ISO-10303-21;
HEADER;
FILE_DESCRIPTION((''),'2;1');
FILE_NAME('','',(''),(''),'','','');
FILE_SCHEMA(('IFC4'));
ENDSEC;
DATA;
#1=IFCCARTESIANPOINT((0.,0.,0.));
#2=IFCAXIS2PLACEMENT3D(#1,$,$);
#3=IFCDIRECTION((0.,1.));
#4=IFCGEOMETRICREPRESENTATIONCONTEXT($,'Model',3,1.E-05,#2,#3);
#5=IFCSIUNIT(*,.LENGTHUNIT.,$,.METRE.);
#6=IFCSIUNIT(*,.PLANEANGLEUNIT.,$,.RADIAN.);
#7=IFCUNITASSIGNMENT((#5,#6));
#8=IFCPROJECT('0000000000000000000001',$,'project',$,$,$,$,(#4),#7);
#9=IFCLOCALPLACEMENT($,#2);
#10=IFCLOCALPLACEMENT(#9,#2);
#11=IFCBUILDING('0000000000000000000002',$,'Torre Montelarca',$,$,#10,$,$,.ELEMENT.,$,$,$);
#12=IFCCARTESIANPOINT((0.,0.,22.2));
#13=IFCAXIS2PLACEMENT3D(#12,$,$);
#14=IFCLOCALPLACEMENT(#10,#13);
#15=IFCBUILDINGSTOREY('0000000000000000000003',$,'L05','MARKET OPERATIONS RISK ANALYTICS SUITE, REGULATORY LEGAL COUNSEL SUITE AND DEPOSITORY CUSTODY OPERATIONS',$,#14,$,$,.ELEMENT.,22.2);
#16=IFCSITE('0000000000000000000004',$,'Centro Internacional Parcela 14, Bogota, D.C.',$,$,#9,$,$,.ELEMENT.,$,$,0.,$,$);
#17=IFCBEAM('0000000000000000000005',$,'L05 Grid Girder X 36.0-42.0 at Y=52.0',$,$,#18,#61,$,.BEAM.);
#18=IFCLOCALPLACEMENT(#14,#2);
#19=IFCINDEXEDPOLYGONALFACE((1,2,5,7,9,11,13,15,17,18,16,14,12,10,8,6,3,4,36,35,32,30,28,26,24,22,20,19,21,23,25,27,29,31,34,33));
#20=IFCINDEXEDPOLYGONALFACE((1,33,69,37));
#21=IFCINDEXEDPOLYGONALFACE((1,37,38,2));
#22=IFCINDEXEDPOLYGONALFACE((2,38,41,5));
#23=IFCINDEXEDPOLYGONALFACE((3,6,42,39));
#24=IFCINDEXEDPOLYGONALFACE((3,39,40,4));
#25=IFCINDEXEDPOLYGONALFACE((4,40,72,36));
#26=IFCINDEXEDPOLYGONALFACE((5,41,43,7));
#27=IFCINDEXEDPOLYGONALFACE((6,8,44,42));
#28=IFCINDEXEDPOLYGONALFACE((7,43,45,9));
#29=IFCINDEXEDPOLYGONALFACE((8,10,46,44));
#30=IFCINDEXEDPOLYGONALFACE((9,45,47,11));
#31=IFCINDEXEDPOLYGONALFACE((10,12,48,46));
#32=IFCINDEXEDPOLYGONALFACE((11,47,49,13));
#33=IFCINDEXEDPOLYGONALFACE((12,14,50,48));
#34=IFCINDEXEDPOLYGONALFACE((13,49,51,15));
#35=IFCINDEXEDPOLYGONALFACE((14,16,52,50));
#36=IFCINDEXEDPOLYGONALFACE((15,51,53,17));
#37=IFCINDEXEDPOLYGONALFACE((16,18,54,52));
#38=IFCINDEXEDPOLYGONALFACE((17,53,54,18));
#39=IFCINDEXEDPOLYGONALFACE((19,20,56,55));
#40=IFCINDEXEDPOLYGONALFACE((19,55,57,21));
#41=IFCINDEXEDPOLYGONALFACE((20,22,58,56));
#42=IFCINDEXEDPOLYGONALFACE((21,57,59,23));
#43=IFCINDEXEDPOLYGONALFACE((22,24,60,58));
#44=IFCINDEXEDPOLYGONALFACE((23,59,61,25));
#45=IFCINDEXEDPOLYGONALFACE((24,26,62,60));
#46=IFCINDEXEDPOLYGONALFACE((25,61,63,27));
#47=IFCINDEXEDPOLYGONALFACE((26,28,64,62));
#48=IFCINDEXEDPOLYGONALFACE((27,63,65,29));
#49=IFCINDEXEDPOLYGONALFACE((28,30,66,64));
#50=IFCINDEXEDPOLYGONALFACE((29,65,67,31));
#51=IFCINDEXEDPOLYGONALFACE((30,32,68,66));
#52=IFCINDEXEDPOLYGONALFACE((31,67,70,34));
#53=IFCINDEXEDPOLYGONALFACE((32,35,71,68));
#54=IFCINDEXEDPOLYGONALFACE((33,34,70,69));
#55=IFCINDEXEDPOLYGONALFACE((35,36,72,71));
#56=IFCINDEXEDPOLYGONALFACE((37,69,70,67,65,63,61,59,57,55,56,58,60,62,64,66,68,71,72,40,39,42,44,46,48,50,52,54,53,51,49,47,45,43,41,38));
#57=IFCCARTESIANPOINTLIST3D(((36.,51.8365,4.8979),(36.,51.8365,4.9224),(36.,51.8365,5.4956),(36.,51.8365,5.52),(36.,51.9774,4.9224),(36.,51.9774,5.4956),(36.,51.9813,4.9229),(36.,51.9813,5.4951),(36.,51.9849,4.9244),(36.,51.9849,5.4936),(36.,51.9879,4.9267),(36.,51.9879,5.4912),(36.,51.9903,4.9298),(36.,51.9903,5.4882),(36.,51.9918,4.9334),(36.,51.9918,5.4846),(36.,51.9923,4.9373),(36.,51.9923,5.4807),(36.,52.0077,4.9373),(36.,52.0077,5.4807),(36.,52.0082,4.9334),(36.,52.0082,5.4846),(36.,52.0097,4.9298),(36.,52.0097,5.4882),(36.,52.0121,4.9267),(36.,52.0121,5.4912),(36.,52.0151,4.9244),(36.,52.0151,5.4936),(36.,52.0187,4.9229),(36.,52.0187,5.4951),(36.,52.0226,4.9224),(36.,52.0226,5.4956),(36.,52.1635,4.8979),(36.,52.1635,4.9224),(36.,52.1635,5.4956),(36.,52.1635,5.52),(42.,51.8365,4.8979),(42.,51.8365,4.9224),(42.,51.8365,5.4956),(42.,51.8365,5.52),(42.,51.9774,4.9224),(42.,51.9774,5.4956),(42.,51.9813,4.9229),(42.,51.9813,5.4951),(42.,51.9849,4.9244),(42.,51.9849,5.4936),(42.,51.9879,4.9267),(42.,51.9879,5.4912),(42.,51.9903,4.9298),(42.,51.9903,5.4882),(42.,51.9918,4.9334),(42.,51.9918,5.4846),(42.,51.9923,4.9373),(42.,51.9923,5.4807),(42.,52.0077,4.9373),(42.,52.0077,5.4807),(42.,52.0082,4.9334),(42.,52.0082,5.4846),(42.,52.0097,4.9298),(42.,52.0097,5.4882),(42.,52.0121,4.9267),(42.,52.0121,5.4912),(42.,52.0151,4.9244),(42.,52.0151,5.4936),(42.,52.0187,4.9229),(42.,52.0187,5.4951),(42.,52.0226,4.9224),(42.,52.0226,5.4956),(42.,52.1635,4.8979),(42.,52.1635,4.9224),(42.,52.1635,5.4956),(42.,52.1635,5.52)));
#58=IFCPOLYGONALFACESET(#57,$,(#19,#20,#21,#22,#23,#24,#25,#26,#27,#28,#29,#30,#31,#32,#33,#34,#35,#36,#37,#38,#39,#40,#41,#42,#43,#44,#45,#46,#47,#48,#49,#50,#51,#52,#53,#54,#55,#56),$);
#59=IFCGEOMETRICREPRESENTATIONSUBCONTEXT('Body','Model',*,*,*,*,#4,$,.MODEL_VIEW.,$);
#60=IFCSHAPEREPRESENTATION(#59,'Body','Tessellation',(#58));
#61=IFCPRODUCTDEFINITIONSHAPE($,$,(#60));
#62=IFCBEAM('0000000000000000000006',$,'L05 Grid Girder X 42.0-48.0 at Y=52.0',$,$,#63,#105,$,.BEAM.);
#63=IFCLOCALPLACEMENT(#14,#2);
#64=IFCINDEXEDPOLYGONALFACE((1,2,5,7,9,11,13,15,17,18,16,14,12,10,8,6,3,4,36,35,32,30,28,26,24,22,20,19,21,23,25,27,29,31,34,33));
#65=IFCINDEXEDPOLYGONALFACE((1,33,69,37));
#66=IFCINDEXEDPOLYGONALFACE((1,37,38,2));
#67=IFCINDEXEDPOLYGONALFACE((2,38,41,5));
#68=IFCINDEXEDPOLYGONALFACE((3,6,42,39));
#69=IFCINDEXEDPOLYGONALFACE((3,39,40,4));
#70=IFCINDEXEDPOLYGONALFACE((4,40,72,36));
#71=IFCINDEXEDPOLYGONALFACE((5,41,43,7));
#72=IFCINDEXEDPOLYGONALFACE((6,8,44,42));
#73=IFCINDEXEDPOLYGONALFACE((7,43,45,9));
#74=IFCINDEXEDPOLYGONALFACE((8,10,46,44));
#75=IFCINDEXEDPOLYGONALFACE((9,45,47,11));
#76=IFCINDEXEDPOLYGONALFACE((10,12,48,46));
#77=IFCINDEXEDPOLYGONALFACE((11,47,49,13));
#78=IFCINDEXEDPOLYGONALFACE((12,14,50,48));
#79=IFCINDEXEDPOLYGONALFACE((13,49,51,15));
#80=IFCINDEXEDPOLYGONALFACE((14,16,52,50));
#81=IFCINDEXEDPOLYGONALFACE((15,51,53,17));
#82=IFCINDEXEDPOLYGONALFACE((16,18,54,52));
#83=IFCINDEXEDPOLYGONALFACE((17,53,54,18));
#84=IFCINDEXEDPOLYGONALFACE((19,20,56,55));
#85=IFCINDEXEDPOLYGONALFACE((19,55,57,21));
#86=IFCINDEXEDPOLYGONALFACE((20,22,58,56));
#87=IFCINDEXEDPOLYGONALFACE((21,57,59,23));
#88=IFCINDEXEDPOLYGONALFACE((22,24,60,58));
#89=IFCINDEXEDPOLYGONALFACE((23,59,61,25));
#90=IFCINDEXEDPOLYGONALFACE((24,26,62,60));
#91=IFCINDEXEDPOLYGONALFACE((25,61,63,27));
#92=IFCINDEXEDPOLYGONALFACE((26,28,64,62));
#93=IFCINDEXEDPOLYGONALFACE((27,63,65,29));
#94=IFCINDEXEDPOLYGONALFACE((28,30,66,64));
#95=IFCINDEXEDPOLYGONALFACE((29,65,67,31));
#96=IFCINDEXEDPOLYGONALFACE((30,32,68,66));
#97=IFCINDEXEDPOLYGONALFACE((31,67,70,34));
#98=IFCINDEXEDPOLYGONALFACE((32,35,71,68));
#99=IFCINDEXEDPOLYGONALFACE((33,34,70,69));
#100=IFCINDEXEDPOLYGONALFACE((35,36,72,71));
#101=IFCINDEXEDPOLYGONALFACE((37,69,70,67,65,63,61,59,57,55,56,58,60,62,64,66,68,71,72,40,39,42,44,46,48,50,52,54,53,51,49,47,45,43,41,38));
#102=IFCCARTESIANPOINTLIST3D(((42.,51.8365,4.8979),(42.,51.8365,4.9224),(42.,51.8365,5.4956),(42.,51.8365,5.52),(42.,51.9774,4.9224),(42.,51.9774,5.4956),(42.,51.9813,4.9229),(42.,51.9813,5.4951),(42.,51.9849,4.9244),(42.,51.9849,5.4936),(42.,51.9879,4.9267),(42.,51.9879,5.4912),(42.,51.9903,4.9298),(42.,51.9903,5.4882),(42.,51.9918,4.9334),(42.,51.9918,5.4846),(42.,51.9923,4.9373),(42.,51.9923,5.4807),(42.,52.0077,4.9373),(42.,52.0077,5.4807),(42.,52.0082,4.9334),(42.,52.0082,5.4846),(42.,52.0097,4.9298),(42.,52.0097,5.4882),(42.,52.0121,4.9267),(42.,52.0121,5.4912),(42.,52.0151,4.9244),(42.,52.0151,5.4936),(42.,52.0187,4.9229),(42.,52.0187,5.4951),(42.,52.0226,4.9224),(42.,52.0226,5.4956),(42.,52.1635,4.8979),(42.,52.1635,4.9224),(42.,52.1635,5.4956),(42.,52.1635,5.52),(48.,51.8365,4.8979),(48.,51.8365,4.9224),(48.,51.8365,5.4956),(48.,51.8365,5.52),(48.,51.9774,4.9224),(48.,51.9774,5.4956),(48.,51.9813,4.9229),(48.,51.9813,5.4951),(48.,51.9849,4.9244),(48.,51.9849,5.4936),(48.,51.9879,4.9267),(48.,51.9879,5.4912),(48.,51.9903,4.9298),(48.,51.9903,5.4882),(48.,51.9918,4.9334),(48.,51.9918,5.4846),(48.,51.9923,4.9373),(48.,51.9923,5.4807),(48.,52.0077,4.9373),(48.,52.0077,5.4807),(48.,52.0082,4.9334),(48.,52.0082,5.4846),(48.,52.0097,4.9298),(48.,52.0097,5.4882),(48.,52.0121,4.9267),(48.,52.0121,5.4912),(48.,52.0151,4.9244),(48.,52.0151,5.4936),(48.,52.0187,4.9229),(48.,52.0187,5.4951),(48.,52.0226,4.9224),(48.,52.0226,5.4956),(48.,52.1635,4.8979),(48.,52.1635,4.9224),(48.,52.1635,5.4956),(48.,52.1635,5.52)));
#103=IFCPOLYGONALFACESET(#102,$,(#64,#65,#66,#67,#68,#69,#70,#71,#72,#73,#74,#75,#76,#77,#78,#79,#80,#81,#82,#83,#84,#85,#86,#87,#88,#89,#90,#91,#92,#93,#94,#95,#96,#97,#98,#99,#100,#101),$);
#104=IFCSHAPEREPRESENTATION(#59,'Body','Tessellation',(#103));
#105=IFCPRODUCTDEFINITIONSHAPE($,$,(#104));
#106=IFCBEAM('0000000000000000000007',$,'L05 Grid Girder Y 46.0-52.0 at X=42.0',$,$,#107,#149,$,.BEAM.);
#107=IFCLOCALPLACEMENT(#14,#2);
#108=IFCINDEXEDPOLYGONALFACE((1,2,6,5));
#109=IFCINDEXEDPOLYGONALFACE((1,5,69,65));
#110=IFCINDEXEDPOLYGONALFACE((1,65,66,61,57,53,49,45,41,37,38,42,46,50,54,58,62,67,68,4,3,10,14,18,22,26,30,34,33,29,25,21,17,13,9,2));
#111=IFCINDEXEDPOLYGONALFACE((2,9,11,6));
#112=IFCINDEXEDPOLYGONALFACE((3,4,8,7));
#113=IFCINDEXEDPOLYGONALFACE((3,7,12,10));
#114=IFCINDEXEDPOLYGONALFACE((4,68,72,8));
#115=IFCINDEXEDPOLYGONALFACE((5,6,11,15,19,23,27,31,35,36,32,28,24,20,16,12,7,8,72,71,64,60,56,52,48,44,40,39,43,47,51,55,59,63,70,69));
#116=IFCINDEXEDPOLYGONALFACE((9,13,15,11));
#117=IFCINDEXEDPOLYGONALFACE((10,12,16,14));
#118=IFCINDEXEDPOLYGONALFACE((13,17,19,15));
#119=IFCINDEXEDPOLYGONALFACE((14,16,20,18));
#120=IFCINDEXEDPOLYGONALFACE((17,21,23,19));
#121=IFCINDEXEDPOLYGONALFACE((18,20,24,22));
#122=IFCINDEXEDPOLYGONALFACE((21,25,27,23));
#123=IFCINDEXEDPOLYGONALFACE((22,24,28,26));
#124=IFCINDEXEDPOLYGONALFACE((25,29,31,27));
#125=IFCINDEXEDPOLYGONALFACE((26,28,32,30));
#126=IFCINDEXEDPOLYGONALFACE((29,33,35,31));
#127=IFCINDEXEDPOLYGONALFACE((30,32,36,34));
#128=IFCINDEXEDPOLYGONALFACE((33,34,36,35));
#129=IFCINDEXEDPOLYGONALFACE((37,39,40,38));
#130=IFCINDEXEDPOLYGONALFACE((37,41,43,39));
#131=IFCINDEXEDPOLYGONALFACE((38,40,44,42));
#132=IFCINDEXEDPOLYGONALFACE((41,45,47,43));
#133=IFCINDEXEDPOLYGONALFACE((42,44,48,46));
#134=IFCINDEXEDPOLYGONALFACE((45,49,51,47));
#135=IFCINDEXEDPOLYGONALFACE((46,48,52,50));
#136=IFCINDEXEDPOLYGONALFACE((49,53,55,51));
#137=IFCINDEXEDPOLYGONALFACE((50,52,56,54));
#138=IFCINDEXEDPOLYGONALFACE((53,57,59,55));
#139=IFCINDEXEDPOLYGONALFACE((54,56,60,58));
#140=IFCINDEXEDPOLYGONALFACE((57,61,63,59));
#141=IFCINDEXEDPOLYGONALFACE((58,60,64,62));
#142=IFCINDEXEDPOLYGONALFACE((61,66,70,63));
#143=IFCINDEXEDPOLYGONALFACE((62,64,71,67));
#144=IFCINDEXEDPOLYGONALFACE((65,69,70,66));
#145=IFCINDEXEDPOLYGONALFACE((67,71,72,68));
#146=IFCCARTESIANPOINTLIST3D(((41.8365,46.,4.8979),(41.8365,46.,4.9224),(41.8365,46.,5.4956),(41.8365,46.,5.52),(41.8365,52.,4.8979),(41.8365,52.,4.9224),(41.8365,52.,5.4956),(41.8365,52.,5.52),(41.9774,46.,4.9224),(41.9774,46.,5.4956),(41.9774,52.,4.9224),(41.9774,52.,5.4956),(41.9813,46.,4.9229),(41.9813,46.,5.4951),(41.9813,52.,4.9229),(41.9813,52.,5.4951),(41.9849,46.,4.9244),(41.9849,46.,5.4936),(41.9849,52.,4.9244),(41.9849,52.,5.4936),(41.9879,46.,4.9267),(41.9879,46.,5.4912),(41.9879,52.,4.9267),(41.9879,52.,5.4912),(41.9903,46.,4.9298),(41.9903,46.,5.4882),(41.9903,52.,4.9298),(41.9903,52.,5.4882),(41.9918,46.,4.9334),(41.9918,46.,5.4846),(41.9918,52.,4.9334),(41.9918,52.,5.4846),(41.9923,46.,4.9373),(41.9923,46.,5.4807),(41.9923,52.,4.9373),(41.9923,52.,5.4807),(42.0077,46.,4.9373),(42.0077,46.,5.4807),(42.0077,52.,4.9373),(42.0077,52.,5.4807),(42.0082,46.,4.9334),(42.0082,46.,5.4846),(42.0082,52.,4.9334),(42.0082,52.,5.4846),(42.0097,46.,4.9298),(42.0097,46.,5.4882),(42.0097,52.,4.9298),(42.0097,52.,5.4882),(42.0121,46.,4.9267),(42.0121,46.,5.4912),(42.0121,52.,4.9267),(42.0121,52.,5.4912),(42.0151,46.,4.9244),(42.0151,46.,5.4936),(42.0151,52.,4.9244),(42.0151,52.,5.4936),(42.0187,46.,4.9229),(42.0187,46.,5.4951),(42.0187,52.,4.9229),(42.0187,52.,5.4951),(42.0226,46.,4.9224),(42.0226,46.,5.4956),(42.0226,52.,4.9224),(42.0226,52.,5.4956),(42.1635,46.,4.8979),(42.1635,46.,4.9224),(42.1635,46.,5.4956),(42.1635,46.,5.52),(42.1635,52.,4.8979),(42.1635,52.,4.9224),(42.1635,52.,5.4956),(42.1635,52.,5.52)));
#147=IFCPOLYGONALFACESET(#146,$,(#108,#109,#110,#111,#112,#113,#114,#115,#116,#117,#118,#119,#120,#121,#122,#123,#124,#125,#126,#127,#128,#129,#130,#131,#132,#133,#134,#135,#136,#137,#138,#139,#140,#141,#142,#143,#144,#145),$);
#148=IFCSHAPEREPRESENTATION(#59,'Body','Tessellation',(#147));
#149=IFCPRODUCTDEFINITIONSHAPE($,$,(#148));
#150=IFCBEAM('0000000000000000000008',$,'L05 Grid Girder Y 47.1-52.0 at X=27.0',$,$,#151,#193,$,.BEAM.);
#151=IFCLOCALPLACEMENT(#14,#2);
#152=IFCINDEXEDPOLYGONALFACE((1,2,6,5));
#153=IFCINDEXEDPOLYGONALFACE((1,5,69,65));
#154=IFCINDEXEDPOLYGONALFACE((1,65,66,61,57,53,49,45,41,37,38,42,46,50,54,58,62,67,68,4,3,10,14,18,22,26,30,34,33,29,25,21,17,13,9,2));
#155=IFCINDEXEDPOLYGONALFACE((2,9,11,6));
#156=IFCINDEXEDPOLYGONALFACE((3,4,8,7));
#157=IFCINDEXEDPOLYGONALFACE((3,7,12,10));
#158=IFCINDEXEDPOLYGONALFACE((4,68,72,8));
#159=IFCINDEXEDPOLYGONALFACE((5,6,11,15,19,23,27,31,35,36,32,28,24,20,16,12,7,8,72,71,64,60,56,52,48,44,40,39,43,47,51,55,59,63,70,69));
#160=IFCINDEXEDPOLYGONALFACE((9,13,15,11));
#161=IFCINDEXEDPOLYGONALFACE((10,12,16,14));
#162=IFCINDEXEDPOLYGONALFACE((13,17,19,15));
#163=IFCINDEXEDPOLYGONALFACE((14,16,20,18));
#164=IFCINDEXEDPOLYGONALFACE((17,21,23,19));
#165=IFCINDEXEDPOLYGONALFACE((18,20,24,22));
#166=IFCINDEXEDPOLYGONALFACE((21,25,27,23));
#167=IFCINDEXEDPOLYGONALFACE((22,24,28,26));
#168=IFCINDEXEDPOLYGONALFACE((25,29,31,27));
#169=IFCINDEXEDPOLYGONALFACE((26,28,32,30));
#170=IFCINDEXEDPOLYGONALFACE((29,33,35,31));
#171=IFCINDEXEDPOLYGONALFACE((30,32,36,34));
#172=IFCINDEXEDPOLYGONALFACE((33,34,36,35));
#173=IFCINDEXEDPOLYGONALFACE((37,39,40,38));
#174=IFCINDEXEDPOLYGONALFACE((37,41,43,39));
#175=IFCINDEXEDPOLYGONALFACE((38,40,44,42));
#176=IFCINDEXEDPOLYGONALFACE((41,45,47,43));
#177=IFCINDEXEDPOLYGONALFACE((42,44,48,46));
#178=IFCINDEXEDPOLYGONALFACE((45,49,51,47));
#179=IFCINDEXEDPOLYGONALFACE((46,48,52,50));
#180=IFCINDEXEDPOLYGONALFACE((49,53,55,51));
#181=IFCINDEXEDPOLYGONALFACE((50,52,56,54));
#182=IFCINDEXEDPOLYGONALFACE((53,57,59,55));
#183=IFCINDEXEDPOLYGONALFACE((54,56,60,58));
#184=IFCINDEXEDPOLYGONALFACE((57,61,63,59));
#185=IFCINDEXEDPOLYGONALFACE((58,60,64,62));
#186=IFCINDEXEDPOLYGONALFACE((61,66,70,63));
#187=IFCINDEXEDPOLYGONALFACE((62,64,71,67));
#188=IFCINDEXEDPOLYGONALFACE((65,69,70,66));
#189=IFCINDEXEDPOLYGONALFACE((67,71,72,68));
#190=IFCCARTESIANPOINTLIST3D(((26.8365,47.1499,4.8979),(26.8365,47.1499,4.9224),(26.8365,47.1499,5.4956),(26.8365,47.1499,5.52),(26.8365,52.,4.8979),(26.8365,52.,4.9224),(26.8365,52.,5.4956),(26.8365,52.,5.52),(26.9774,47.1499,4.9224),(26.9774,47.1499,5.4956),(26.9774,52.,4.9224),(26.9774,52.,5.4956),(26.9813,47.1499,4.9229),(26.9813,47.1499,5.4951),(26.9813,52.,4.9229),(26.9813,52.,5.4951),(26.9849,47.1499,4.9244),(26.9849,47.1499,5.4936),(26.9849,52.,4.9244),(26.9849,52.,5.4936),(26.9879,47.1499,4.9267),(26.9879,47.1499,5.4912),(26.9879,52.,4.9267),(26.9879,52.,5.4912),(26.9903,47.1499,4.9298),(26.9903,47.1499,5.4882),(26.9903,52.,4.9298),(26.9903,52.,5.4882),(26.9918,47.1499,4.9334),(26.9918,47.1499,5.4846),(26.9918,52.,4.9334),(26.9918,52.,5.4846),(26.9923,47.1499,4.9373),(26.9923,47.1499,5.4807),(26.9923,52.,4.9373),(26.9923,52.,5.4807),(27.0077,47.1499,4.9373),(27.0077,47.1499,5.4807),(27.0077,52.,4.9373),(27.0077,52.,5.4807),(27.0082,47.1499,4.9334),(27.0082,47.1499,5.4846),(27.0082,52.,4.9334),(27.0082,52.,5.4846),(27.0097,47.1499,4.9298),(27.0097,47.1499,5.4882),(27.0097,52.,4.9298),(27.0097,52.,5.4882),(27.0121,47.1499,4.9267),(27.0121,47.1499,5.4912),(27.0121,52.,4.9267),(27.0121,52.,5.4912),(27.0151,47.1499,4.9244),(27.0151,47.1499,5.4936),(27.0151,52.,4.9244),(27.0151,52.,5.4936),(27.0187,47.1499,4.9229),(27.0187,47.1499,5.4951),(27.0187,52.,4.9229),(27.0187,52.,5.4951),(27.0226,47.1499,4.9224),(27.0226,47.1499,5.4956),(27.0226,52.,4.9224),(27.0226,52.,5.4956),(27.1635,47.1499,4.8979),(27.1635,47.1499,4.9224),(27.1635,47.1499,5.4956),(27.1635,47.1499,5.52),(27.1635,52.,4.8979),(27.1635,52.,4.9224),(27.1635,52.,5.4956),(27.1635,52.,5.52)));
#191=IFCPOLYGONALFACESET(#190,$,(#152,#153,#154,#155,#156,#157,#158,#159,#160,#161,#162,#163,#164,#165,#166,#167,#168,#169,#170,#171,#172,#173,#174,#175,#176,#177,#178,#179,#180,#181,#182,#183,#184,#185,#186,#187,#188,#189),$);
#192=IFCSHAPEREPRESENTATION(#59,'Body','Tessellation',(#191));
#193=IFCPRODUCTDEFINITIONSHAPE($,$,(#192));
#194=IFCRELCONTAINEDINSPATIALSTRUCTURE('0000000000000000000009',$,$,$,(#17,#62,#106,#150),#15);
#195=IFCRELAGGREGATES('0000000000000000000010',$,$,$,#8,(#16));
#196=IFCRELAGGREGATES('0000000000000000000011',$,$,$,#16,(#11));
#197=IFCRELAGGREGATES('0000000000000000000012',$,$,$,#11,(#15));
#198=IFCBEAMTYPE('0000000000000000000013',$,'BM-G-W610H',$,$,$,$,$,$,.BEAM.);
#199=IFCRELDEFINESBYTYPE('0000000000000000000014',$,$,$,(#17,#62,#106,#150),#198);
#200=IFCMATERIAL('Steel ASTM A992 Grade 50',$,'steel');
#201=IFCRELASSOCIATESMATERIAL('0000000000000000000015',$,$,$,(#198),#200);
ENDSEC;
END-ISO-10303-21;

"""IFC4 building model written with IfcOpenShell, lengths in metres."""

from ifc_helpers import new_model, si_unit, direction, frame, origin, origin_2d, place, context, subcontext, project, spatial, i_section, extrude, source, transform, mapped, material, material_profile, profile_set, type_object, element, save


model = new_model("IFC4")

# Units and contexts
model_context = context("Model", 3, precision=1e-05, world=origin(), true_north=direction((0.0, 1.0)))
body_context = subcontext(model_context, "Body", "Model", "MODEL_VIEW")
ifc_project = project(units=[si_unit("LENGTHUNIT", "METRE"), si_unit("PLANEANGLEUNIT", "RADIAN")], contexts=[model_context])

# Site, building, storey
site_placement = place(None, origin())
site = spatial("IfcSite", under=ifc_project, at=site_placement, Name="Centro Internacional Parcela 14, Bogota, D.C.", CompositionType="ELEMENT", RefElevation=0.0)
building_placement = place(site_placement, origin())
building = spatial("IfcBuilding", under=site, at=building_placement, Name="Torre Montelarca", CompositionType="ELEMENT")
storey_placement = place(building_placement, frame((0.0, 0.0, 22.2)))
storey = spatial("IfcBuildingStorey", under=building, at=storey_placement, Name="L05", Description="MARKET OPERATIONS RISK ANALYTICS SUITE, REGULATORY LEGAL COUNSEL SUITE AND DEPOSITORY CUSTODY OPERATIONS", CompositionType="ELEMENT", Elevation=22.2)

# Beams
ifc_material_1 = material(Name="Steel ASTM A992 Grade 50", Category="steel")
ifc_material_profile_1 = material_profile(ifc_material_1, i_section(OverallWidth=0.3269, OverallDepth=0.6221, WebThickness=0.0154, FlangeThickness=0.0244, FilletRadius=0.0149, at=origin_2d()), Name="W610X195", Category="steel")
ifc_profile_set_1 = profile_set([ifc_material_profile_1], Name="Steel ASTM A992 Grade 50")
beam_type_1 = type_object("IfcBeamType", Name="BM-G-W610H", PredefinedType="BEAM", material=ifc_profile_set_1)
shared_shape_1 = source(origin(), body_context, "Body", "SweptSolid", [
    extrude(i_section(OverallWidth=0.3269, OverallDepth=0.6221, WebThickness=0.0154, FlangeThickness=0.0244, FilletRadius=0.0149, at=origin_2d()), origin(), (0.0, 0.0, 1.0), 6.0),
])
for number, where, z_axis, x_axis, name in (
    (1, (36.0, 52.0, 5.209), (1.0, 0.0, 0.0), (0.0, 1.0, 0.0), "L05 Grid Girder X 36.0-42.0 at Y=52.0"),
    (2, (42.0, 52.0, 5.209), (1.0, 0.0, 0.0), (0.0, 1.0, 0.0), "L05 Grid Girder X 42.0-48.0 at Y=52.0"),
    (3, (42.0, 46.0, 5.209), (0.0, 1.0, 0.0), (-1.0, 0.0, 0.0), "L05 Grid Girder Y 46.0-52.0 at X=42.0"),
):
    element("IfcBeam", number, at=place(storey_placement, frame(where, z_axis=z_axis, x_axis=x_axis)), inside=storey, type_object=beam_type_1, Name=name, PredefinedType="BEAM", context=body_context, shape_type="MappedRepresentation", body=[
        mapped(shared_shape_1, transform((0.0, 0.0, 0.0), scale=1.0)),
    ])
shared_shape_2 = source(origin(), body_context, "Body", "SweptSolid", [
    extrude(i_section(OverallWidth=0.3269, OverallDepth=0.6221, WebThickness=0.0154, FlangeThickness=0.0244, FilletRadius=0.0149, at=origin_2d()), origin(), (0.0, 0.0, 1.0), 4.8501),
])
for number, where, z_axis, x_axis, name in (
    (4, (27.0, 47.1499, 5.209), (0.0, 1.0, 0.0), (-1.0, 0.0, 0.0), "L05 Grid Girder Y 47.1-52.0 at X=27.0"),
):
    element("IfcBeam", number, at=place(storey_placement, frame(where, z_axis=z_axis, x_axis=x_axis)), inside=storey, type_object=beam_type_1, Name=name, PredefinedType="BEAM", context=body_context, shape_type="MappedRepresentation", body=[
        mapped(shared_shape_2, transform((0.0, 0.0, 0.0), scale=1.0)),
    ])

save(model, "model.ifc")
